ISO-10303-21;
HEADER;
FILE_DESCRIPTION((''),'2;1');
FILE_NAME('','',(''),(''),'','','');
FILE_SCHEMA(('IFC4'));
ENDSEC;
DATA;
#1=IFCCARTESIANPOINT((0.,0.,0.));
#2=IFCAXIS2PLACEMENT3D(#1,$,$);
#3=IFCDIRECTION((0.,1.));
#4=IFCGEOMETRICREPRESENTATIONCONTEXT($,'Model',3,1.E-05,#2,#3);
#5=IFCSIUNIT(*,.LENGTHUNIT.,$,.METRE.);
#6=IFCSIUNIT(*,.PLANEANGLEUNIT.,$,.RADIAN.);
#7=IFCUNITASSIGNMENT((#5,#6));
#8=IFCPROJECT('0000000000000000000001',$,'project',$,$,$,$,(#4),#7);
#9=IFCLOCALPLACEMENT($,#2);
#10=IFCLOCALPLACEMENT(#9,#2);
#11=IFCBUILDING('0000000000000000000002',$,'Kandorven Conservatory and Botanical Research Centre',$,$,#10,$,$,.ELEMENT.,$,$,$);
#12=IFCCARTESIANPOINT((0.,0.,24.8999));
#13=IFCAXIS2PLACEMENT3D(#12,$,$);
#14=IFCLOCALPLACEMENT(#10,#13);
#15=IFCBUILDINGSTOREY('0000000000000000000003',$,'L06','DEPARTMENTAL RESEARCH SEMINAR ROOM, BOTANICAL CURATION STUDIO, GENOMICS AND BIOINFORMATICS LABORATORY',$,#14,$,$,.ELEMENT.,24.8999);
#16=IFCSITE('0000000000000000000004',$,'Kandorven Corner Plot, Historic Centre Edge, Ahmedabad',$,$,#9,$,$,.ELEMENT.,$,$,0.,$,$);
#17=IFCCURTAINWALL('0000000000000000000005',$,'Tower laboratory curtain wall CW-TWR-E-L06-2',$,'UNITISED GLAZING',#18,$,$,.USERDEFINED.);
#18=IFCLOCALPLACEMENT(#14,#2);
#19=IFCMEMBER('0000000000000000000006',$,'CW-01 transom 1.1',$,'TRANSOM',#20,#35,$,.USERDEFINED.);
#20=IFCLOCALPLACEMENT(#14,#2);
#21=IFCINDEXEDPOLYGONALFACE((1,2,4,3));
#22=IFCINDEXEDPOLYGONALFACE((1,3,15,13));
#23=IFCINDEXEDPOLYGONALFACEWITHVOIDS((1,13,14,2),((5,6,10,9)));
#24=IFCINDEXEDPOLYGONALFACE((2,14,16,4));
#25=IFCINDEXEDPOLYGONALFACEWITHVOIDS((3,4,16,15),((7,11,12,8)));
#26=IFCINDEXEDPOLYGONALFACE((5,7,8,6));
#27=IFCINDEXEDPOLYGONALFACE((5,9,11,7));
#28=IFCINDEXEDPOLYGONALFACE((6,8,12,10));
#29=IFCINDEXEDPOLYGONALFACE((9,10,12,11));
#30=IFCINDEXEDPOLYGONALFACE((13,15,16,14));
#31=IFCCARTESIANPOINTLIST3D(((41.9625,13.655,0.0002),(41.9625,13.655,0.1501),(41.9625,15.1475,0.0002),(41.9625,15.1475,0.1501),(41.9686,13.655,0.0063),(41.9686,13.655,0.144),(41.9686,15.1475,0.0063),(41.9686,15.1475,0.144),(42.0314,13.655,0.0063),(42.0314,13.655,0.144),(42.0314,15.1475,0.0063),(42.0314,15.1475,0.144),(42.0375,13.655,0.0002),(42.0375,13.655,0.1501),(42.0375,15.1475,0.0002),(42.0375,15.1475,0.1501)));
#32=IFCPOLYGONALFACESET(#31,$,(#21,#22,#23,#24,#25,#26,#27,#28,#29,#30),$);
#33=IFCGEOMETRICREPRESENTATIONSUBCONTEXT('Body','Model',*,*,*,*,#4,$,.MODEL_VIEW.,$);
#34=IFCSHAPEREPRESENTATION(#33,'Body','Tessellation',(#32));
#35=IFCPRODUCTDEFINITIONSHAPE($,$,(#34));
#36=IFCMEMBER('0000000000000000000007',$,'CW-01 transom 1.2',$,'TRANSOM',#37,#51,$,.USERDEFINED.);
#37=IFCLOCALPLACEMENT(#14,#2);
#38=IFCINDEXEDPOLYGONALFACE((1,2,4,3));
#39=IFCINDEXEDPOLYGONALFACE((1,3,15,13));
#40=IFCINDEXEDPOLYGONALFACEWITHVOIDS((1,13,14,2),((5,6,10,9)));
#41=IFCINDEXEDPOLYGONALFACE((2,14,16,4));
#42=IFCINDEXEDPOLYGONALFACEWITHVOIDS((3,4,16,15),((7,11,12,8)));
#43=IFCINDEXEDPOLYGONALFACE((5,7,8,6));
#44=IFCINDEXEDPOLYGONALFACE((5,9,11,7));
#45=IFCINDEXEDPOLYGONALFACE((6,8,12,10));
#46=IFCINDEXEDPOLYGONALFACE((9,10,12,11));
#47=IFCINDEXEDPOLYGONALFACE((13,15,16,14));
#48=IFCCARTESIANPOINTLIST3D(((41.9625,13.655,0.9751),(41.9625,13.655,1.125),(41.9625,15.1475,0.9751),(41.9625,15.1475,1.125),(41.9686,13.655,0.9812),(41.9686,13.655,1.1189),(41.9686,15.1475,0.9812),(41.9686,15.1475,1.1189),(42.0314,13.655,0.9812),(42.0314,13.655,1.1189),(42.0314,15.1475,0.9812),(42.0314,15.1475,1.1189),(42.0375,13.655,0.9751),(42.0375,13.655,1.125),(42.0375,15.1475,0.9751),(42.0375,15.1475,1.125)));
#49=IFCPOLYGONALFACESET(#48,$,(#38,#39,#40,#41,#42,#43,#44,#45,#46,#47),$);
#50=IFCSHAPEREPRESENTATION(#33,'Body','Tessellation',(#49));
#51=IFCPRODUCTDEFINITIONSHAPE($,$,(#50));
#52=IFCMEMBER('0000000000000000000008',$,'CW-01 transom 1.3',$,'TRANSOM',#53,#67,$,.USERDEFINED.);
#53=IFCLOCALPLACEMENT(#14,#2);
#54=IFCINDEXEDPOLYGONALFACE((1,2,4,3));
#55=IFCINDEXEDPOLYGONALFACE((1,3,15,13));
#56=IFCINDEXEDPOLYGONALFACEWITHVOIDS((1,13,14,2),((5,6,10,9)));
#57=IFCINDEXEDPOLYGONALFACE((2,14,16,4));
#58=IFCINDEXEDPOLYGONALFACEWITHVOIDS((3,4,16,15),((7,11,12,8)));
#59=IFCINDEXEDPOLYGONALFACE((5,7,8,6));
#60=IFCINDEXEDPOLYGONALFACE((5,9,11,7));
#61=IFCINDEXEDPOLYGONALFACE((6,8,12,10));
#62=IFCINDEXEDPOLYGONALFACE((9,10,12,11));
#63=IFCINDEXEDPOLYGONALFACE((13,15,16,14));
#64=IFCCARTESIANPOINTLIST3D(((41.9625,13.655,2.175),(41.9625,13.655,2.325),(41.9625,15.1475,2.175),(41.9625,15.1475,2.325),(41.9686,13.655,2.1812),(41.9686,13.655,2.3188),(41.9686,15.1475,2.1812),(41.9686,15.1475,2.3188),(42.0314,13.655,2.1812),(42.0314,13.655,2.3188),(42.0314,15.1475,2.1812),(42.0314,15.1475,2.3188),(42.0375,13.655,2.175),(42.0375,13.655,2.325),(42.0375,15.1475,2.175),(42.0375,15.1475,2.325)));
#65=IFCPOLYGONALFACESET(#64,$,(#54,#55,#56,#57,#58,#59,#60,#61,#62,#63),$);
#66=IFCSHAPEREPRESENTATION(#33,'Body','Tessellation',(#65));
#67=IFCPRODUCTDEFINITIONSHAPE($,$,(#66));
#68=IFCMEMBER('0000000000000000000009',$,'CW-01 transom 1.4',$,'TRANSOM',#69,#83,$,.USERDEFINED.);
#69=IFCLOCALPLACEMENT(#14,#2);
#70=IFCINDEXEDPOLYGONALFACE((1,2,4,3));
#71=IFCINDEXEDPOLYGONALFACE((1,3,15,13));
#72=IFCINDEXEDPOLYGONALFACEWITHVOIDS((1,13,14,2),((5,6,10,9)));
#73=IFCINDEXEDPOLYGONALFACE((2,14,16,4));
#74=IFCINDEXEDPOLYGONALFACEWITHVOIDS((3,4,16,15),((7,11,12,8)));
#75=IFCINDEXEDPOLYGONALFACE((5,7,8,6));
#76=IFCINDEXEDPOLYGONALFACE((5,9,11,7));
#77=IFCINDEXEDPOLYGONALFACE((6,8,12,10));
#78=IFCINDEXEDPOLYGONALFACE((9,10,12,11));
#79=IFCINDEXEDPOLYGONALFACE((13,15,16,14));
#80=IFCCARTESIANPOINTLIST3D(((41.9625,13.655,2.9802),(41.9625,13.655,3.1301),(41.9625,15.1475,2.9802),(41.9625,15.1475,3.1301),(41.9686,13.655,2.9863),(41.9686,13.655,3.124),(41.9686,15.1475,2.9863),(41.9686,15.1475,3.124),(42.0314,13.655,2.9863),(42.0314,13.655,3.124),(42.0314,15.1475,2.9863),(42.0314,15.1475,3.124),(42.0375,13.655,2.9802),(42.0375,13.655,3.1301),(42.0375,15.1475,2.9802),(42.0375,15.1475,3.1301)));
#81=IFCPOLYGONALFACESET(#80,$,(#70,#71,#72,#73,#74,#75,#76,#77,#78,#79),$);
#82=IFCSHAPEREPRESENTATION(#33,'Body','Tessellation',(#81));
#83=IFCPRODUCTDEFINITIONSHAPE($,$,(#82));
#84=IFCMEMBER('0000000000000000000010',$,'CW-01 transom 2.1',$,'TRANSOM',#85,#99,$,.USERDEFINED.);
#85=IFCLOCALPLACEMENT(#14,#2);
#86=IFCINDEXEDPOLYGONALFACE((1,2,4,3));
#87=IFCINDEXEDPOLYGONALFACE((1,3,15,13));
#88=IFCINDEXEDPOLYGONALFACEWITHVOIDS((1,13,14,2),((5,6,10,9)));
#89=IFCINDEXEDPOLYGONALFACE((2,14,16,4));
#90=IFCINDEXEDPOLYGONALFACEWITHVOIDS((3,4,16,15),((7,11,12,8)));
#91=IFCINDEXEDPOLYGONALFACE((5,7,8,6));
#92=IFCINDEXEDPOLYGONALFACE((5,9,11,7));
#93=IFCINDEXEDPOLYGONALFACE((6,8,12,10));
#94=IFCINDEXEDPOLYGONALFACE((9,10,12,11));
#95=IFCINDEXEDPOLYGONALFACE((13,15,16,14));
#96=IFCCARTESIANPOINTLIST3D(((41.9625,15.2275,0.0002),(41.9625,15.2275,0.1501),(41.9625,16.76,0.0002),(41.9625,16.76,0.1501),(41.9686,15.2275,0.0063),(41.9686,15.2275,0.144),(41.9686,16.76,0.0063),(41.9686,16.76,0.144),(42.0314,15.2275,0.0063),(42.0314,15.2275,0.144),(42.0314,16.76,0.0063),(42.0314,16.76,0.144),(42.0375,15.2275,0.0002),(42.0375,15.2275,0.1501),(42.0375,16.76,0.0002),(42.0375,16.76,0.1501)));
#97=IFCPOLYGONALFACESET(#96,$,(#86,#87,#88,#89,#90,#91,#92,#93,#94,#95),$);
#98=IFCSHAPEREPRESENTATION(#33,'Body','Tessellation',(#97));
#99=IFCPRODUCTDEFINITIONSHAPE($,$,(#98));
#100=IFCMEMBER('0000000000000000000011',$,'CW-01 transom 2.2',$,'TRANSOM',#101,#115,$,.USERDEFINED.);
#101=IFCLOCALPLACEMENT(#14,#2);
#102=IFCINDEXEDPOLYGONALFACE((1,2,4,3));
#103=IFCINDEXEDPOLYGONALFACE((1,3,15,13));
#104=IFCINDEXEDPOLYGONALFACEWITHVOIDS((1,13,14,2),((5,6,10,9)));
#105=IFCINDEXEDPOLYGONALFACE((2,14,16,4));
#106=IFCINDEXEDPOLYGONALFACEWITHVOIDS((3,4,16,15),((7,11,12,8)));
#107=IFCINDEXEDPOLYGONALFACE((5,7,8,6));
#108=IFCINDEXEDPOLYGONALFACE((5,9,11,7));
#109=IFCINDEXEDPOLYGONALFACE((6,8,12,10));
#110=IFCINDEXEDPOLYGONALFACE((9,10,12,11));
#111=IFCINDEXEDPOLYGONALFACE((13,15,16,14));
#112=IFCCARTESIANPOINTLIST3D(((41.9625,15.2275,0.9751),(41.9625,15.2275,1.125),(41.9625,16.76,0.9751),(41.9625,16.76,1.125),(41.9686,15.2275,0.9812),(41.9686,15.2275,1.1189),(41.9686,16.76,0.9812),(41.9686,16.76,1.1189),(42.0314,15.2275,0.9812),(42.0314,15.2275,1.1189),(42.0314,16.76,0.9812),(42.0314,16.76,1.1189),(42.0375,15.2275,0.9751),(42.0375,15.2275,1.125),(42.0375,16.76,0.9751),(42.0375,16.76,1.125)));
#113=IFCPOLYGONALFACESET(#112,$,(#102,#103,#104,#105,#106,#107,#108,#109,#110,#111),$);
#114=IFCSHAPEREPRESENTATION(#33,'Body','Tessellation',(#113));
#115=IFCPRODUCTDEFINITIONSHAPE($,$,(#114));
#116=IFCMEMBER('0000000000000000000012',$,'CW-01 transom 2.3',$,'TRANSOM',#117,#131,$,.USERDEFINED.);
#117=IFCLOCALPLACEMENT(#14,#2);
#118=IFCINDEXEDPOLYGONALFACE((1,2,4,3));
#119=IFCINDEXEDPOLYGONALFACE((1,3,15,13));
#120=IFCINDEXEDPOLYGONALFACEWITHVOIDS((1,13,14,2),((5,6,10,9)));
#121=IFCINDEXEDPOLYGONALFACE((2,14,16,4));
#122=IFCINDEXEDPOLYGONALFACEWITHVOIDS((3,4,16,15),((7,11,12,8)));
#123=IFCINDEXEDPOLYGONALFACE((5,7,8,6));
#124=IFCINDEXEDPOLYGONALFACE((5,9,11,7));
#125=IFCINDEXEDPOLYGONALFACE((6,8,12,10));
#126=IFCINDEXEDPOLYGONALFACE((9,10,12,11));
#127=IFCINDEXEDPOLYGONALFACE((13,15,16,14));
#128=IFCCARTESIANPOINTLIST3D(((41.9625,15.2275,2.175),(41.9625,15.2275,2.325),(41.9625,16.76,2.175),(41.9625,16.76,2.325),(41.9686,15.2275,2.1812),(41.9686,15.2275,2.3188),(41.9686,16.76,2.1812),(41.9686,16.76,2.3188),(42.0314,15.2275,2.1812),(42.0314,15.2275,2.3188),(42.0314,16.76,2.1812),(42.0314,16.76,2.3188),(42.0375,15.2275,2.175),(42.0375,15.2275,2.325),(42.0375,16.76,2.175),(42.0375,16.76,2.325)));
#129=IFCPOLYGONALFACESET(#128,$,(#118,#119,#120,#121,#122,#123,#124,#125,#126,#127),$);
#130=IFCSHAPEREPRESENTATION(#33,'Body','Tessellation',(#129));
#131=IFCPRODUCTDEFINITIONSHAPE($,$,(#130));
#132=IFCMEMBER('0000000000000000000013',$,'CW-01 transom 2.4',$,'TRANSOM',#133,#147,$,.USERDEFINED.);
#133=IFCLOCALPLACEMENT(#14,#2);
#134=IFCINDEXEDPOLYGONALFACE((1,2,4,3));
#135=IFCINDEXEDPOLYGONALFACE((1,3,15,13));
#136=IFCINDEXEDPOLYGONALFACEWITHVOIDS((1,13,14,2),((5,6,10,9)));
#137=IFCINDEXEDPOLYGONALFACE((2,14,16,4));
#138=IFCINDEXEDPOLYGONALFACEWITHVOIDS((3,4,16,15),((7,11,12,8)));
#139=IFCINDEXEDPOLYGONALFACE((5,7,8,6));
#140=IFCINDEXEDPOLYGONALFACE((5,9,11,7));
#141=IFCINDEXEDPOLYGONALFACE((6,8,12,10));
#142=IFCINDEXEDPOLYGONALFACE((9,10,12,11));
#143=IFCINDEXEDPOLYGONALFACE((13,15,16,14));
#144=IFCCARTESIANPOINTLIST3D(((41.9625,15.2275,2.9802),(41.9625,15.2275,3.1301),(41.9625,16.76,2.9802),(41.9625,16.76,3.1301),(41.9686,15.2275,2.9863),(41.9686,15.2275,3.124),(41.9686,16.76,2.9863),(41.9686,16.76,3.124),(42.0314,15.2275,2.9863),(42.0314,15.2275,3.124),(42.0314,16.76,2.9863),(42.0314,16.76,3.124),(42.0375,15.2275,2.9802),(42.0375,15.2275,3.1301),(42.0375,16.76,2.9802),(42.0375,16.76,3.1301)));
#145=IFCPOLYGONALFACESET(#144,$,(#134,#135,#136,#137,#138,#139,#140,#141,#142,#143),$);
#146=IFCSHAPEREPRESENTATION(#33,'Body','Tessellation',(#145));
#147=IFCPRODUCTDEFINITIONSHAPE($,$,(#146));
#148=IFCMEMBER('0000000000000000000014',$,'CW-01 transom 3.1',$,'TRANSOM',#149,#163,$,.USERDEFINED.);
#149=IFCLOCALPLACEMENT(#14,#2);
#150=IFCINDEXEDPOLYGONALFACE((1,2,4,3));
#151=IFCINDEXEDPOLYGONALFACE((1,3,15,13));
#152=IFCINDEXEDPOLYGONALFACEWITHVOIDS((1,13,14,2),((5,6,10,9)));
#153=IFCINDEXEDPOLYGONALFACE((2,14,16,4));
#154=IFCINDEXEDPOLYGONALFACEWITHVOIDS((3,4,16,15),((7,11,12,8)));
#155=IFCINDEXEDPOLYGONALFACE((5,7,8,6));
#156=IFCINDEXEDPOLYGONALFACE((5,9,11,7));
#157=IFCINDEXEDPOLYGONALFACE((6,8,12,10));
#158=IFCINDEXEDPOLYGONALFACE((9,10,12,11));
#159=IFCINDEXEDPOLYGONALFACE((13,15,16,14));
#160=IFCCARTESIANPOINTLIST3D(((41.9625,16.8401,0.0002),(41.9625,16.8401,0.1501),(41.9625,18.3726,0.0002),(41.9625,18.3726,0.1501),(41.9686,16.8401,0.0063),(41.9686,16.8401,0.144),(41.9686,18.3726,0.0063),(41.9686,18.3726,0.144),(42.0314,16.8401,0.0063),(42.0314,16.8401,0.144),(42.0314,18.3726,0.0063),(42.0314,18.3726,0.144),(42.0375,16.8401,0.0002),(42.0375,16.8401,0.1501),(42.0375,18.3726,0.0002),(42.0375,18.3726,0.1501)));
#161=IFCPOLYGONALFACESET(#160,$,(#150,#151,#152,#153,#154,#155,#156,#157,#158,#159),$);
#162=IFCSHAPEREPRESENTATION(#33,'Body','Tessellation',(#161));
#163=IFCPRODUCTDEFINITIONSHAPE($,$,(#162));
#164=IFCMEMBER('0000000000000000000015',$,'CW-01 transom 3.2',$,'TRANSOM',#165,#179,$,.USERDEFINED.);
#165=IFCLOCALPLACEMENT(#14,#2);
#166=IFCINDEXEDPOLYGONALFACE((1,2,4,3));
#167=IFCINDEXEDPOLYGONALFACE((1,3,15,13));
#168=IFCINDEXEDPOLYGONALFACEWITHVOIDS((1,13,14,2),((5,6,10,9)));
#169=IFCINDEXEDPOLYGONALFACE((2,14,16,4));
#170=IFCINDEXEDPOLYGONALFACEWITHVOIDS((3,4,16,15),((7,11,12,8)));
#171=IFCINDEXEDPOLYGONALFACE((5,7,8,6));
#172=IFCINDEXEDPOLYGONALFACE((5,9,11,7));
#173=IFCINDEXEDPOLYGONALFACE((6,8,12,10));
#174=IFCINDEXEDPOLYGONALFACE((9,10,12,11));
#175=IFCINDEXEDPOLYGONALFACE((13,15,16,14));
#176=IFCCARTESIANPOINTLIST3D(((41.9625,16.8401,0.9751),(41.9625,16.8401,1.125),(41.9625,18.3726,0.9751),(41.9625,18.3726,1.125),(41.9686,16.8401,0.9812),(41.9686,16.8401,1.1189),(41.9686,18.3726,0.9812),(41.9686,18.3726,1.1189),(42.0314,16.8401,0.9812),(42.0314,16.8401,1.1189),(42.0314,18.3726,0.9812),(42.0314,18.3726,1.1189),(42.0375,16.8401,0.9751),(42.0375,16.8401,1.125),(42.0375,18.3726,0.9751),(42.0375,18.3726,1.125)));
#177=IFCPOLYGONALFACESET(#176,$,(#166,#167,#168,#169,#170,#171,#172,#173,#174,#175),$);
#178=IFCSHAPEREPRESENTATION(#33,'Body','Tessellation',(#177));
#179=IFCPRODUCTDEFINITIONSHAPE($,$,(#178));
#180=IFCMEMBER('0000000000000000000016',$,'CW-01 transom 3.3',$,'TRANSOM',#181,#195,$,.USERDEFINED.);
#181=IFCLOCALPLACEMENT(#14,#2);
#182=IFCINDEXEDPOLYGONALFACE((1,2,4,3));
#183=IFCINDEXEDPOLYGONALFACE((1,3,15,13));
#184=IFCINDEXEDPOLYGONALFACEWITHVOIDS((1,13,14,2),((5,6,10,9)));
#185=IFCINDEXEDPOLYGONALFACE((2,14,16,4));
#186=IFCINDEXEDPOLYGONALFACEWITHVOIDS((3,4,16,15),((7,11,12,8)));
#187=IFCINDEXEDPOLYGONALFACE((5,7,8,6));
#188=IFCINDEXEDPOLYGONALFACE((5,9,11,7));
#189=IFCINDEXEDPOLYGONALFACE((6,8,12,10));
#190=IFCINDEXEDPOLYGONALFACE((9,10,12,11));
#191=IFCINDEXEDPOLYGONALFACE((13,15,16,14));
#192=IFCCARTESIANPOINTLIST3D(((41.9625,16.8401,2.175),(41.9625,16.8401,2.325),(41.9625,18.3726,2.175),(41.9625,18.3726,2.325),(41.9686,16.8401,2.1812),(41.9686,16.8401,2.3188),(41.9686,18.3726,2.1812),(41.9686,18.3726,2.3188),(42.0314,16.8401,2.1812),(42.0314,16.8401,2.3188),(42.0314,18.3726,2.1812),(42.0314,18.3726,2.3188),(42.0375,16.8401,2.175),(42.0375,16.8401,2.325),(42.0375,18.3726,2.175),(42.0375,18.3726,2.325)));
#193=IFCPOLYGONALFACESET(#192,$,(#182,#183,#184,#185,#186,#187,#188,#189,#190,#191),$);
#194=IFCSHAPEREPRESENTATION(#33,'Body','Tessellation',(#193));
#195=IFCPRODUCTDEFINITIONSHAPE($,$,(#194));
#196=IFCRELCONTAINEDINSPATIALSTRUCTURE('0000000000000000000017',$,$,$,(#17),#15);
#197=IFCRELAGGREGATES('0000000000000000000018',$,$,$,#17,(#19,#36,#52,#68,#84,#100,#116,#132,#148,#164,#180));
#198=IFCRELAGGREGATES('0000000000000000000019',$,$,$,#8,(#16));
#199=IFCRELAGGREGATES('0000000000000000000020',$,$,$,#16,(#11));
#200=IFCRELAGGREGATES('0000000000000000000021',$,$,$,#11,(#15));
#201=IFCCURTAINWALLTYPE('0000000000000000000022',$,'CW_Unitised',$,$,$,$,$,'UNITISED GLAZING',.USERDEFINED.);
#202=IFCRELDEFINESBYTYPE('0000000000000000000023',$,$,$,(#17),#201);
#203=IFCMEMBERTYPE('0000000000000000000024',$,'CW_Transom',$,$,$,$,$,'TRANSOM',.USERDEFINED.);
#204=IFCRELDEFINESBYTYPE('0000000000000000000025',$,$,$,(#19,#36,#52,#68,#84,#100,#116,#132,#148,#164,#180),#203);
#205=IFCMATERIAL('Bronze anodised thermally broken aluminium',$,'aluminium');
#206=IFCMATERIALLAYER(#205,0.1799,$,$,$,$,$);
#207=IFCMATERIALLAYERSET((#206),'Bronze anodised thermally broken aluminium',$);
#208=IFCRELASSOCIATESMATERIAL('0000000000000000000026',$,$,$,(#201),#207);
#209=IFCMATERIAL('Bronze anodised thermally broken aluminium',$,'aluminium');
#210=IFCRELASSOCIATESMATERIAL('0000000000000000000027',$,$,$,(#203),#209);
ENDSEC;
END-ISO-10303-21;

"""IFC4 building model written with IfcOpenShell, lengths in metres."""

from ifc_helpers import new_model, si_unit, direction, frame, origin, origin_2d, place, context, subcontext, project, spatial, hollow_rectangle, extrude, material, layer, layer_set, material_profile, profile_set, type_object, element, aggregate, save


model = new_model("IFC4")

# Units and contexts
model_context = context("Model", 3, precision=1e-05, world=origin(), true_north=direction((0.0, 1.0)))
body_context = subcontext(model_context, "Body", "Model", "MODEL_VIEW")
ifc_project = project(units=[si_unit("LENGTHUNIT", "METRE"), si_unit("PLANEANGLEUNIT", "RADIAN")], contexts=[model_context])

# Site, building, storey
site_placement = place(None, origin())
site = spatial("IfcSite", under=ifc_project, at=site_placement, Name="Kandorven Corner Plot, Historic Centre Edge, Ahmedabad", CompositionType="ELEMENT", RefElevation=0.0)
building_placement = place(site_placement, origin())
building = spatial("IfcBuilding", under=site, at=building_placement, Name="Kandorven Conservatory and Botanical Research Centre", CompositionType="ELEMENT")
storey_placement = place(building_placement, frame((0.0, 0.0, 24.8999)))
storey = spatial("IfcBuildingStorey", under=building, at=storey_placement, Name="L06", Description="DEPARTMENTAL RESEARCH SEMINAR ROOM, BOTANICAL CURATION STUDIO, GENOMICS AND BIOINFORMATICS LABORATORY", CompositionType="ELEMENT", Elevation=24.8999)

# Curtain wall, members
ifc_material_1 = material(Name="Bronze anodised thermally broken aluminium", Category="aluminium")
ifc_layer_1 = layer(ifc_material_1, 0.1799)
ifc_layer_set_1 = layer_set([ifc_layer_1], Name="Bronze anodised thermally broken aluminium")
curtain_wall_type = type_object("IfcCurtainWallType", Name="CW_Unitised", ElementType="UNITISED GLAZING", PredefinedType="USERDEFINED", material=ifc_layer_set_1)
curtain_wall_placement = place(storey_placement, origin())
curtain_wall = element("IfcCurtainWall", 1, at=curtain_wall_placement, inside=storey, type_object=curtain_wall_type, Name="Tower laboratory curtain wall CW-TWR-E-L06-2", ObjectType="UNITISED GLAZING", PredefinedType="USERDEFINED")
ifc_material_2 = material(Name="Bronze anodised thermally broken aluminium", Category="aluminium")
ifc_material_profile_1 = material_profile(ifc_material_2, hollow_rectangle(XDim=0.075, YDim=0.1499, WallThickness=0.0061, at=origin_2d()))
ifc_profile_set_1 = profile_set([ifc_material_profile_1], Name="Bronze anodised thermally broken aluminium")
member_type_1 = type_object("IfcMemberType", Name="CW_Transom", ElementType="TRANSOM", PredefinedType="USERDEFINED", material=ifc_profile_set_1)
member_1_placement = place(storey_placement, frame((42.0, 13.655, 0.0752), z_axis=(0.0, 1.0, 0.0), x_axis=(-1.0, 0.0, 0.0)))
member_1 = element("IfcMember", 2, at=member_1_placement, type_object=member_type_1, Name="CW-01 transom 1.1", ObjectType="TRANSOM", PredefinedType="USERDEFINED", context=body_context, shape_type="SweptSolid", body=[
    extrude(hollow_rectangle(XDim=0.075, YDim=0.1499, WallThickness=0.0061, at=origin_2d()), origin(), (0.0, 0.0, 1.0), 1.4924),
])
member_2_placement = place(storey_placement, frame((42.0, 13.655, 1.05), z_axis=(0.0, 1.0, 0.0), x_axis=(-1.0, 0.0, 0.0)))
member_2 = element("IfcMember", 3, at=member_2_placement, type_object=member_type_1, Name="CW-01 transom 1.2", ObjectType="TRANSOM", PredefinedType="USERDEFINED", context=body_context, shape_type="SweptSolid", body=[
    extrude(hollow_rectangle(XDim=0.075, YDim=0.1499, WallThickness=0.0061, at=origin_2d()), origin(), (0.0, 0.0, 1.0), 1.4924),
])
member_3_placement = place(storey_placement, frame((42.0, 13.655, 2.25), z_axis=(0.0, 1.0, 0.0), x_axis=(-1.0, 0.0, 0.0)))
member_3 = element("IfcMember", 4, at=member_3_placement, type_object=member_type_1, Name="CW-01 transom 1.3", ObjectType="TRANSOM", PredefinedType="USERDEFINED", context=body_context, shape_type="SweptSolid", body=[
    extrude(hollow_rectangle(XDim=0.075, YDim=0.1499, WallThickness=0.0061, at=origin_2d()), origin(), (0.0, 0.0, 1.0), 1.4924),
])
member_4_placement = place(storey_placement, frame((42.0, 13.655, 3.0552), z_axis=(0.0, 1.0, 0.0), x_axis=(-1.0, 0.0, 0.0)))
member_4 = element("IfcMember", 5, at=member_4_placement, type_object=member_type_1, Name="CW-01 transom 1.4", ObjectType="TRANSOM", PredefinedType="USERDEFINED", context=body_context, shape_type="SweptSolid", body=[
    extrude(hollow_rectangle(XDim=0.075, YDim=0.1499, WallThickness=0.0061, at=origin_2d()), origin(), (0.0, 0.0, 1.0), 1.4924),
])
member_5_placement = place(storey_placement, frame((42.0, 15.2275, 0.0752), z_axis=(0.0, 1.0, 0.0), x_axis=(-1.0, 0.0, 0.0)))
member_5 = element("IfcMember", 6, at=member_5_placement, type_object=member_type_1, Name="CW-01 transom 2.1", ObjectType="TRANSOM", PredefinedType="USERDEFINED", context=body_context, shape_type="SweptSolid", body=[
    extrude(hollow_rectangle(XDim=0.075, YDim=0.1499, WallThickness=0.0061, at=origin_2d()), origin(), (0.0, 0.0, 1.0), 1.5325),
])
member_6_placement = place(storey_placement, frame((42.0, 15.2275, 1.05), z_axis=(0.0, 1.0, 0.0), x_axis=(-1.0, 0.0, 0.0)))
member_6 = element("IfcMember", 7, at=member_6_placement, type_object=member_type_1, Name="CW-01 transom 2.2", ObjectType="TRANSOM", PredefinedType="USERDEFINED", context=body_context, shape_type="SweptSolid", body=[
    extrude(hollow_rectangle(XDim=0.075, YDim=0.1499, WallThickness=0.0061, at=origin_2d()), origin(), (0.0, 0.0, 1.0), 1.5325),
])
member_7_placement = place(storey_placement, frame((42.0, 15.2275, 2.25), z_axis=(0.0, 1.0, 0.0), x_axis=(-1.0, 0.0, 0.0)))
member_7 = element("IfcMember", 8, at=member_7_placement, type_object=member_type_1, Name="CW-01 transom 2.3", ObjectType="TRANSOM", PredefinedType="USERDEFINED", context=body_context, shape_type="SweptSolid", body=[
    extrude(hollow_rectangle(XDim=0.075, YDim=0.1499, WallThickness=0.0061, at=origin_2d()), origin(), (0.0, 0.0, 1.0), 1.5325),
])
member_8_placement = place(storey_placement, frame((42.0, 15.2275, 3.0552), z_axis=(0.0, 1.0, 0.0), x_axis=(-1.0, 0.0, 0.0)))
member_8 = element("IfcMember", 9, at=member_8_placement, type_object=member_type_1, Name="CW-01 transom 2.4", ObjectType="TRANSOM", PredefinedType="USERDEFINED", context=body_context, shape_type="SweptSolid", body=[
    extrude(hollow_rectangle(XDim=0.075, YDim=0.1499, WallThickness=0.0061, at=origin_2d()), origin(), (0.0, 0.0, 1.0), 1.5325),
])
member_9_placement = place(storey_placement, frame((42.0, 16.8401, 0.0752), z_axis=(0.0, 1.0, 0.0), x_axis=(-1.0, 0.0, 0.0)))
member_9 = element("IfcMember", 10, at=member_9_placement, type_object=member_type_1, Name="CW-01 transom 3.1", ObjectType="TRANSOM", PredefinedType="USERDEFINED", context=body_context, shape_type="SweptSolid", body=[
    extrude(hollow_rectangle(XDim=0.075, YDim=0.1499, WallThickness=0.0061, at=origin_2d()), origin(), (0.0, 0.0, 1.0), 1.5325),
])
member_10_placement = place(storey_placement, frame((42.0, 16.8401, 1.05), z_axis=(0.0, 1.0, 0.0), x_axis=(-1.0, 0.0, 0.0)))
member_10 = element("IfcMember", 11, at=member_10_placement, type_object=member_type_1, Name="CW-01 transom 3.2", ObjectType="TRANSOM", PredefinedType="USERDEFINED", context=body_context, shape_type="SweptSolid", body=[
    extrude(hollow_rectangle(XDim=0.075, YDim=0.1499, WallThickness=0.0061, at=origin_2d()), origin(), (0.0, 0.0, 1.0), 1.5325),
])
member_11_placement = place(storey_placement, frame((42.0, 16.8401, 2.25), z_axis=(0.0, 1.0, 0.0), x_axis=(-1.0, 0.0, 0.0)))
member_11 = element("IfcMember", 12, at=member_11_placement, type_object=member_type_1, Name="CW-01 transom 3.3", ObjectType="TRANSOM", PredefinedType="USERDEFINED", context=body_context, shape_type="SweptSolid", body=[
    extrude(hollow_rectangle(XDim=0.075, YDim=0.1499, WallThickness=0.0061, at=origin_2d()), origin(), (0.0, 0.0, 1.0), 1.5325),
])
aggregate(curtain_wall, [member_1, member_2, member_3, member_4, member_5, member_6, member_7, member_8, member_9, member_10, member_11])

save(model, "model.ifc")
